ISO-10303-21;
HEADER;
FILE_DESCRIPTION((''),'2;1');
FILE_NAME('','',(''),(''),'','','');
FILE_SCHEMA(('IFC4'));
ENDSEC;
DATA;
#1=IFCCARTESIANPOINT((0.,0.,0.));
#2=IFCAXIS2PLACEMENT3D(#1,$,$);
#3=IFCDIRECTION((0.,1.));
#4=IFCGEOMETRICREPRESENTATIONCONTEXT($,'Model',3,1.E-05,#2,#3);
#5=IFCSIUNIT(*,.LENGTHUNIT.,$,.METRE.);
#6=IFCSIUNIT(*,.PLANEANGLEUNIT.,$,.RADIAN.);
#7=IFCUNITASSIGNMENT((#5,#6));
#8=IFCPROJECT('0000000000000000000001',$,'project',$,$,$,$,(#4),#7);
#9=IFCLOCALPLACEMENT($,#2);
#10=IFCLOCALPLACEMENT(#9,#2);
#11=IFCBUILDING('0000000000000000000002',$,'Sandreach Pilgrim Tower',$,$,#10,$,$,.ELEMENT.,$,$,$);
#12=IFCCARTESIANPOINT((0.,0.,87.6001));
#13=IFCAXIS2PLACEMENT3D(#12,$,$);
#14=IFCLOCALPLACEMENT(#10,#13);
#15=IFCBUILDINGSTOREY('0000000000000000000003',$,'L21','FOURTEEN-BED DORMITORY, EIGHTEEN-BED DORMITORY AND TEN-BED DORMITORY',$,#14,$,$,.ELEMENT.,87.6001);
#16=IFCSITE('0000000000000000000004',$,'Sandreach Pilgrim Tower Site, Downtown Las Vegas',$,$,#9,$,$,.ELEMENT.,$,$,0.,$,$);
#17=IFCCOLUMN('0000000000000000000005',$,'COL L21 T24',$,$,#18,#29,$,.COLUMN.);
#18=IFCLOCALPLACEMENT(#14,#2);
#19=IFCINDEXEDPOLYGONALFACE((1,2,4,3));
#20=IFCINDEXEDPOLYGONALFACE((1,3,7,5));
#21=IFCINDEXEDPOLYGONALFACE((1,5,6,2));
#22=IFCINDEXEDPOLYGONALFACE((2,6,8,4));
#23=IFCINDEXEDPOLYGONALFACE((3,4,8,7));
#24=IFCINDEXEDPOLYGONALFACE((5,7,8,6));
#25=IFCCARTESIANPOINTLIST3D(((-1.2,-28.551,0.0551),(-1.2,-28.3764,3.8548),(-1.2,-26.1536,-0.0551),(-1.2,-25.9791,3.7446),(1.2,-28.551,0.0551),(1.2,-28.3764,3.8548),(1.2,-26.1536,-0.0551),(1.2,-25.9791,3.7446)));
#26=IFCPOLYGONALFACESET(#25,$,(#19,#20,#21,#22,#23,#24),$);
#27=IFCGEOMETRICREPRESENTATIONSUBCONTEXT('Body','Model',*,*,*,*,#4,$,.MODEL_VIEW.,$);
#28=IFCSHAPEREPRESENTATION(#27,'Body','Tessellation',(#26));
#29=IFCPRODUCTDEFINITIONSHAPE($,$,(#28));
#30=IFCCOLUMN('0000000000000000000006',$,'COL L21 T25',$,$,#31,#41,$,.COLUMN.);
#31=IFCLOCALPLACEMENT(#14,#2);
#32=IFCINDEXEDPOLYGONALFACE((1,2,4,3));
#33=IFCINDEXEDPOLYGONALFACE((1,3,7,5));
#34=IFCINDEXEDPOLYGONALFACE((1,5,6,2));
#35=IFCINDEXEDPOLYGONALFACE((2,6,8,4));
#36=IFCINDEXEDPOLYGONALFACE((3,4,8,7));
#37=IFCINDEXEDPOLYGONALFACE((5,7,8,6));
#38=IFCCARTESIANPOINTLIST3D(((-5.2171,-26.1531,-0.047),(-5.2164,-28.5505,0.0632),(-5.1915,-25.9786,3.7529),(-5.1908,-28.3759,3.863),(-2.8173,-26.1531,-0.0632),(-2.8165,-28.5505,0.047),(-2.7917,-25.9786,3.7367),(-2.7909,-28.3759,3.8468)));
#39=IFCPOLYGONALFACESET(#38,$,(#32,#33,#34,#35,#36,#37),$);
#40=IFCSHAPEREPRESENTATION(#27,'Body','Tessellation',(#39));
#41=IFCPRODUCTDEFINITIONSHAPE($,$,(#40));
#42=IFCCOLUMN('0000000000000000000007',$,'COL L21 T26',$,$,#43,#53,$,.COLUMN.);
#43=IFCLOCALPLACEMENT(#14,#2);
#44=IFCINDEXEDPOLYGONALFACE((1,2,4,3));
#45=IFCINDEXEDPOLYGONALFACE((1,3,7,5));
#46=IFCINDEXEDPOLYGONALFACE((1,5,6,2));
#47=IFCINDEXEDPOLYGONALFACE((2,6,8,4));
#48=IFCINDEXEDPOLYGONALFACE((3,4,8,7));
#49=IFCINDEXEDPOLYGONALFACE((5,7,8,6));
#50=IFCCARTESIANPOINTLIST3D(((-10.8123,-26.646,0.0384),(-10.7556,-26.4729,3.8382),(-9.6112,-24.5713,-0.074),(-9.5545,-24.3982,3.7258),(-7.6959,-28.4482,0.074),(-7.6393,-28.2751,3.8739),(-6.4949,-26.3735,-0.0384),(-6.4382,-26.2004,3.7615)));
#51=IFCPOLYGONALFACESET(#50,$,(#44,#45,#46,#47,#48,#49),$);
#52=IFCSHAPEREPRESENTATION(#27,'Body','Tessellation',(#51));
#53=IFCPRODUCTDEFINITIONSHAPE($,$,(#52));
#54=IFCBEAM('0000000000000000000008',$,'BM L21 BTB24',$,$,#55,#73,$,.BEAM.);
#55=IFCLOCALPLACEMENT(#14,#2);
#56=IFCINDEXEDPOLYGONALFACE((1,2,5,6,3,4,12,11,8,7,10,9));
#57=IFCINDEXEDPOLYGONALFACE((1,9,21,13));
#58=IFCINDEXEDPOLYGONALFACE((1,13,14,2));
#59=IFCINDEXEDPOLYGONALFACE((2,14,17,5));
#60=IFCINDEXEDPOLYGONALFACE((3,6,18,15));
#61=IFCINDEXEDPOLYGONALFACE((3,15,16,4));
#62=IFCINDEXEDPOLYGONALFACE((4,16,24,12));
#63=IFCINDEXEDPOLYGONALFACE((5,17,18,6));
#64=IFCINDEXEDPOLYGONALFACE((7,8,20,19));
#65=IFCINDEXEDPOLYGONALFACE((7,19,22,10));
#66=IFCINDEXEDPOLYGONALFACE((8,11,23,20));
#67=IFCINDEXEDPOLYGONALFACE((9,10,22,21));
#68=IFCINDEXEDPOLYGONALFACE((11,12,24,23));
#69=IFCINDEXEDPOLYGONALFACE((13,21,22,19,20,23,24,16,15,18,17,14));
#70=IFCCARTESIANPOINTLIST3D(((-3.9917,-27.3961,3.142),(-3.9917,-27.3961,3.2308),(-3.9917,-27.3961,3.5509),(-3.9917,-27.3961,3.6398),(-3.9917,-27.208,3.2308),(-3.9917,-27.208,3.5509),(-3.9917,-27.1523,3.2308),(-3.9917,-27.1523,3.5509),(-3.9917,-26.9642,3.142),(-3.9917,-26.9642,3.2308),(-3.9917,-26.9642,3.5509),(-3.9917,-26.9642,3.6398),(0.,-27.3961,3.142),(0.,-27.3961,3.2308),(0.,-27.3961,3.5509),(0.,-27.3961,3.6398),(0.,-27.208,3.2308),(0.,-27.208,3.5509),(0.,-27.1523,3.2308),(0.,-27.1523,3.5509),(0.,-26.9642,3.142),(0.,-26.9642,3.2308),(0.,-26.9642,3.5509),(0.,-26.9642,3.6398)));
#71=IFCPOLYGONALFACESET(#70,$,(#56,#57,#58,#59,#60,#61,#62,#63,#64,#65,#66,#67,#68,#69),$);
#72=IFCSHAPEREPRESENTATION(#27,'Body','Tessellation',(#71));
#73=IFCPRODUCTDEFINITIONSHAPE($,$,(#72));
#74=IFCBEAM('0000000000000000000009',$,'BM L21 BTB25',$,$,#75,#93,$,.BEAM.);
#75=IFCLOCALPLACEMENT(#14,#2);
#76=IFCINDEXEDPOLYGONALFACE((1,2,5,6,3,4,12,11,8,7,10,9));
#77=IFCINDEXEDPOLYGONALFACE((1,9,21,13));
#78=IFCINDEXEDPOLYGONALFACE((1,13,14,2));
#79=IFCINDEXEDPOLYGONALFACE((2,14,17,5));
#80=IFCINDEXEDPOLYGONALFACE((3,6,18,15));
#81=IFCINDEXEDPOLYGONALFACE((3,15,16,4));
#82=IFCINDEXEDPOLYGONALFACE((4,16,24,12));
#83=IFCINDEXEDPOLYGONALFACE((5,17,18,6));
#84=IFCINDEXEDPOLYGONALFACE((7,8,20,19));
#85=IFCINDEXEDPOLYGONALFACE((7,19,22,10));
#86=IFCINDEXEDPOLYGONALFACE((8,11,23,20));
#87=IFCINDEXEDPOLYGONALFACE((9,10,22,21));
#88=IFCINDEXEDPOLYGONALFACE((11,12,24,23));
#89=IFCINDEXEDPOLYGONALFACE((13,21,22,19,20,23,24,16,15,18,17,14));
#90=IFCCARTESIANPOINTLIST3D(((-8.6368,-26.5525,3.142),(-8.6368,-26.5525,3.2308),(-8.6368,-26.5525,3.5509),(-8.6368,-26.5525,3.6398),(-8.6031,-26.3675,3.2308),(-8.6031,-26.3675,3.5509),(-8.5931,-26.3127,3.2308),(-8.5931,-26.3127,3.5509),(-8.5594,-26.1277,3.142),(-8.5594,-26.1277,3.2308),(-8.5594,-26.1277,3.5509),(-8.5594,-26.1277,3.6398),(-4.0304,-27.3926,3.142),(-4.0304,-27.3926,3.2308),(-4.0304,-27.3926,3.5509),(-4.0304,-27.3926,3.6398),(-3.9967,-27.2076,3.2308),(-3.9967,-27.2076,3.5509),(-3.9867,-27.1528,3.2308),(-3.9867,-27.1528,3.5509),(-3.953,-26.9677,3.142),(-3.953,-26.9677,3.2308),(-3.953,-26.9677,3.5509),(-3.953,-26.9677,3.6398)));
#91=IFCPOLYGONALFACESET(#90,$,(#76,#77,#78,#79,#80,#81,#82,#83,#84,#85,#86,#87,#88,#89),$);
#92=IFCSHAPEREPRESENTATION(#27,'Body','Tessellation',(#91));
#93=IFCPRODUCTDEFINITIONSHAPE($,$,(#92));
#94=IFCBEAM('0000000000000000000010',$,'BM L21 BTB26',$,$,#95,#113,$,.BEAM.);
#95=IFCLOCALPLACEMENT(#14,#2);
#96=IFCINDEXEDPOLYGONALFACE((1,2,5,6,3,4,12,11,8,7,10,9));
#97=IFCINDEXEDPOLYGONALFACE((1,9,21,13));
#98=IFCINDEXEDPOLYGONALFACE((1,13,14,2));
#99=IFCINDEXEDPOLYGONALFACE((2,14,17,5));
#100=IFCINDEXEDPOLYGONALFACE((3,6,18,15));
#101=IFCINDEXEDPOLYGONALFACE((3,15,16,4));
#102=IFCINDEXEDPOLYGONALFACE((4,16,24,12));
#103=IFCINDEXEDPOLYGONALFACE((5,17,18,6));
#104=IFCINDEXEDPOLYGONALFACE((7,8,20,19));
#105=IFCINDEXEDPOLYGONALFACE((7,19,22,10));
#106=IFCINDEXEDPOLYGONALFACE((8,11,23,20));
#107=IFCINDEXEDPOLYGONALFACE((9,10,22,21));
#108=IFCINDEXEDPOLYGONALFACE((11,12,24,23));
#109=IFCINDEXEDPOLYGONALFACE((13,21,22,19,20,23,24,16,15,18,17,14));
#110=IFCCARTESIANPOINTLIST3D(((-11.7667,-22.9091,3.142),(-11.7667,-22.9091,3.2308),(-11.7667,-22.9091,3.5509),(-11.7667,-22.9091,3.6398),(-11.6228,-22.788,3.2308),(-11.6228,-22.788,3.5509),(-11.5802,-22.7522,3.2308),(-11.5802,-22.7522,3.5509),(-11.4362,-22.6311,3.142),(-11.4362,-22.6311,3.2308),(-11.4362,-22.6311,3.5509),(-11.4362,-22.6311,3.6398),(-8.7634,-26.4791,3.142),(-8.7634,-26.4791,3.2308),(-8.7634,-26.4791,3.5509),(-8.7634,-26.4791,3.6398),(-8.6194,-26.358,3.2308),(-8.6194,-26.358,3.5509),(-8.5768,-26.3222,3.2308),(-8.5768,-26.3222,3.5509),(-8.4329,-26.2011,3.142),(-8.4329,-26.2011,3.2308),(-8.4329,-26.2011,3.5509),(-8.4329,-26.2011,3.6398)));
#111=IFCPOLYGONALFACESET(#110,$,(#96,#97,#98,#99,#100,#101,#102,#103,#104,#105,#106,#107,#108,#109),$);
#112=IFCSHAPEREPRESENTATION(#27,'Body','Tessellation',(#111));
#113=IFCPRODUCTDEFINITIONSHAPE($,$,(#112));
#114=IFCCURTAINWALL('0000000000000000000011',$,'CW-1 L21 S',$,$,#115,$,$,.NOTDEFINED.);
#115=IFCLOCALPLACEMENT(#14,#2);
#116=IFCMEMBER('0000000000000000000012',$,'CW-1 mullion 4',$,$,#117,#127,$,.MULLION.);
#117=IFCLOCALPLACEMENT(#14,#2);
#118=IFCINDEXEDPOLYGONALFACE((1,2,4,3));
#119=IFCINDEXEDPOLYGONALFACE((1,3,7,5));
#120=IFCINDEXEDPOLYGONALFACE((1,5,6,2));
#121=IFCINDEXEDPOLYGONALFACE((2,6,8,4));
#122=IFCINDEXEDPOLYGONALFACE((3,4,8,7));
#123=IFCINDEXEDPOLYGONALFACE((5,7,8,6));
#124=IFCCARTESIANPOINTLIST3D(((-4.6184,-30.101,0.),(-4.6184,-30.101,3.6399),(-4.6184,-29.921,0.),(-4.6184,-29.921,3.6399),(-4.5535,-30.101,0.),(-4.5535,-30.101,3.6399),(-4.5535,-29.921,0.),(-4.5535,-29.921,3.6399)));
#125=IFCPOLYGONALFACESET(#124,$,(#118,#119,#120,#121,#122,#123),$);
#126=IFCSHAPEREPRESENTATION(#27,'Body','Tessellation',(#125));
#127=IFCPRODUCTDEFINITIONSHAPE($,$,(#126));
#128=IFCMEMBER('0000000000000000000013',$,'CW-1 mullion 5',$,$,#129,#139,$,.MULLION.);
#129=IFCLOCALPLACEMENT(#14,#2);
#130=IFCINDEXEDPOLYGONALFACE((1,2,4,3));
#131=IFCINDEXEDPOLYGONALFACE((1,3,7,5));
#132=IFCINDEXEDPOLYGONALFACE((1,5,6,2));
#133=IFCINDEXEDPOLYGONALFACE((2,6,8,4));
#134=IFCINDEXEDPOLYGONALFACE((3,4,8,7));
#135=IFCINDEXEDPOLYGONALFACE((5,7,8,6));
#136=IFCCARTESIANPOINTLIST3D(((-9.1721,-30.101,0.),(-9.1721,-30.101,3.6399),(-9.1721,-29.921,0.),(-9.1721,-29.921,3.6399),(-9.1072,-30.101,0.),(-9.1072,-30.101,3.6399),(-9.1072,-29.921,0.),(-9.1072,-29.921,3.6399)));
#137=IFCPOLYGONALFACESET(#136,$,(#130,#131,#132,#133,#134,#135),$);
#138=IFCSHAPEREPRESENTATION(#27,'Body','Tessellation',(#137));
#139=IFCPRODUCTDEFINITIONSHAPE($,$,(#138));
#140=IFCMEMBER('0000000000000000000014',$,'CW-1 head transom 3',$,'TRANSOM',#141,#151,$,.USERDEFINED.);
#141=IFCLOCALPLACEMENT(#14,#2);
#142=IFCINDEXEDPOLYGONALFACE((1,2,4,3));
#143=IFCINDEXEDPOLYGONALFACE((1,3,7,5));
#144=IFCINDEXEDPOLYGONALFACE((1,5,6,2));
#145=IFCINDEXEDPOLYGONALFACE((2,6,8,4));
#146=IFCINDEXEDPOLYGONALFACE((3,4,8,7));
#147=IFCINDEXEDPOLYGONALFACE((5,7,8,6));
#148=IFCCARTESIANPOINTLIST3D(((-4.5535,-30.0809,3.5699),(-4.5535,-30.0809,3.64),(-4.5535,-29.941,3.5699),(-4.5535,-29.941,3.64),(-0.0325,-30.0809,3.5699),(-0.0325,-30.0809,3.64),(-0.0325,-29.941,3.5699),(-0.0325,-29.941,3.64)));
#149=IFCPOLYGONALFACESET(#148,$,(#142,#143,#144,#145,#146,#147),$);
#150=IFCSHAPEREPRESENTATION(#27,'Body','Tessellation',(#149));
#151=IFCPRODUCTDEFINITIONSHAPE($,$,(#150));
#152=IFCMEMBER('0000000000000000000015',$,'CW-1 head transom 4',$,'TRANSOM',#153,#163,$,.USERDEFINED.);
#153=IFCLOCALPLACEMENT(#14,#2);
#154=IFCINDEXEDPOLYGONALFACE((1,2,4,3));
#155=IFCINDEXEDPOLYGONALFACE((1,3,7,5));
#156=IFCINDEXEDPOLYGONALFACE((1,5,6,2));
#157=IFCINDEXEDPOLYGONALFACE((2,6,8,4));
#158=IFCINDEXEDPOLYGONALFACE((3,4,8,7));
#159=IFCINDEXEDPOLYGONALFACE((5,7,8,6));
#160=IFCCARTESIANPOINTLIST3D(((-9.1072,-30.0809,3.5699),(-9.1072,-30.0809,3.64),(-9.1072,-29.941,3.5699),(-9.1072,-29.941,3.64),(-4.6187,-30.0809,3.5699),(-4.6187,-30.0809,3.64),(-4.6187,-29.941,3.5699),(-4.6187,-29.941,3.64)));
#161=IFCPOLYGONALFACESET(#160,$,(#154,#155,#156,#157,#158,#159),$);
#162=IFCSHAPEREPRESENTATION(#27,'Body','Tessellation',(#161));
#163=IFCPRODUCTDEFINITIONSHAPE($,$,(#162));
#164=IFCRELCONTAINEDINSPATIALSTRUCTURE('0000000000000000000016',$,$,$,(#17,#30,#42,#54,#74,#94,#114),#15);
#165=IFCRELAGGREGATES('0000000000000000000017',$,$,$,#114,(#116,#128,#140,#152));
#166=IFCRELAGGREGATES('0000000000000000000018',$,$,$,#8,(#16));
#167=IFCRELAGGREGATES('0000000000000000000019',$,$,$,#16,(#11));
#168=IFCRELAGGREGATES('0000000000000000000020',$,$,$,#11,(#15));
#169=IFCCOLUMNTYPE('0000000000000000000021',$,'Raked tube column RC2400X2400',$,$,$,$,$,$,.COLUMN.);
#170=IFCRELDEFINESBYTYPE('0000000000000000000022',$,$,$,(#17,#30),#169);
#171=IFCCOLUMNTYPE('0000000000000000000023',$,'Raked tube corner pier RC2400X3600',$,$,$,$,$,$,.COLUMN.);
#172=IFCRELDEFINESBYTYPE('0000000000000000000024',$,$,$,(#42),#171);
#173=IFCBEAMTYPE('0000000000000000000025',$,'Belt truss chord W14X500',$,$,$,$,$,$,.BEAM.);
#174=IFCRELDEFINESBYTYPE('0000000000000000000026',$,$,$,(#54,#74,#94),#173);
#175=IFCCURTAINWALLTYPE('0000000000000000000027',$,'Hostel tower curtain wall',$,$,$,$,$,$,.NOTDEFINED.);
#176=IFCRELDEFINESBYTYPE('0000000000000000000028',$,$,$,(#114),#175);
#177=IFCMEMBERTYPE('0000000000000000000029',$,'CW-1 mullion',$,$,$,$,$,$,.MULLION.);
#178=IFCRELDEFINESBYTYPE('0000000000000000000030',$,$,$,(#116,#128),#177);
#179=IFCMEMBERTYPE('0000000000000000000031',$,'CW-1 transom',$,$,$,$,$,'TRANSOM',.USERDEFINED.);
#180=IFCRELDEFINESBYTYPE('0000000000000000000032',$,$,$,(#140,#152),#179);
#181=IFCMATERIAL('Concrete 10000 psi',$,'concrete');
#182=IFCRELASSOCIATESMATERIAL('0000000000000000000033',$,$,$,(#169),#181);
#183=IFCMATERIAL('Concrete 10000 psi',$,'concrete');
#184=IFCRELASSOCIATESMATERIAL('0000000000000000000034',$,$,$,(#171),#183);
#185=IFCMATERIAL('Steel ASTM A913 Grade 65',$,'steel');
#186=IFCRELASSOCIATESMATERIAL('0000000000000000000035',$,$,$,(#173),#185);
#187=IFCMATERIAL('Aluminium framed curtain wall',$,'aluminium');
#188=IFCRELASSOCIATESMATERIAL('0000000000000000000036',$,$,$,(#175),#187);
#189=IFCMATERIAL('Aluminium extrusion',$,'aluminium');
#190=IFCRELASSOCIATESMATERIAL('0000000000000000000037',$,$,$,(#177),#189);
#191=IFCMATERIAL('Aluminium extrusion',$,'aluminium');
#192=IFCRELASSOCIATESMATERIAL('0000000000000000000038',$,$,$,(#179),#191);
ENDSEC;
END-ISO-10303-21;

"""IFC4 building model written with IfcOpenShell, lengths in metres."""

from ifc_helpers import new_model, si_unit, direction, frame, origin, origin_2d, place, context, subcontext, project, spatial, rectangle, i_section, extrude, material, material_profile, profile_set, type_object, element, aggregate, save


model = new_model("IFC4")

# Units and contexts
model_context = context("Model", 3, precision=1e-05, world=origin(), true_north=direction((0.0, 1.0)))
body_context = subcontext(model_context, "Body", "Model", "MODEL_VIEW")
ifc_project = project(units=[si_unit("LENGTHUNIT", "METRE"), si_unit("PLANEANGLEUNIT", "RADIAN")], contexts=[model_context])

# Site, building, storey
site_placement = place(None, origin())
site = spatial("IfcSite", under=ifc_project, at=site_placement, Name="Sandreach Pilgrim Tower Site, Downtown Las Vegas", CompositionType="ELEMENT", RefElevation=0.0)
building_placement = place(site_placement, origin())
building = spatial("IfcBuilding", under=site, at=building_placement, Name="Sandreach Pilgrim Tower", CompositionType="ELEMENT")
storey_placement = place(building_placement, frame((0.0, 0.0, 87.6001)))
storey = spatial("IfcBuildingStorey", under=building, at=storey_placement, Name="L21", Description="FOURTEEN-BED DORMITORY, EIGHTEEN-BED DORMITORY AND TEN-BED DORMITORY", CompositionType="ELEMENT", Elevation=87.6001)

# Columns
ifc_material_1 = material(Name="Concrete 10000 psi", Category="concrete")
ifc_material_profile_1 = material_profile(ifc_material_1, rectangle(XDim=2.3999, YDim=2.3999, at=origin_2d()), Name="RC2400X2400")
ifc_profile_set_1 = profile_set([ifc_material_profile_1], Name="Concrete 10000 psi")
column_type_1 = type_object("IfcColumnType", Name="Raked tube column RC2400X2400", PredefinedType="COLUMN", material=ifc_profile_set_1)
column_1_placement = place(storey_placement, frame((0.0, -27.3523, 0.0), z_axis=(0.0, 0.045891, 0.998946), x_axis=(0.0, -0.998946, 0.045891)))
element("IfcColumn", 1, at=column_1_placement, inside=storey, type_object=column_type_1, Name="COL L21 T24", PredefinedType="COLUMN", context=body_context, shape_type="SweptSolid", body=[
    extrude(rectangle(XDim=2.3999, YDim=2.3999, at=origin_2d()), origin(), (0.0, 0.0, 1.0), 3.8037),
])
column_2_placement = place(storey_placement, frame((-4.0168, -27.3518, 0.0), z_axis=(0.006739, 0.04589, 0.998924), x_axis=(0.000315, -0.998947, 0.045889)))
element("IfcColumn", 2, at=column_2_placement, inside=storey, type_object=column_type_1, Name="COL L21 T25", PredefinedType="COLUMN", context=body_context, shape_type="SweptSolid", body=[
    extrude(rectangle(XDim=2.3999, YDim=2.3999, at=origin_2d()), origin(), (0.0, 0.0, 1.0), 3.804),
])
ifc_material_2 = material(Name="Concrete 10000 psi", Category="concrete")
ifc_material_profile_2 = material_profile(ifc_material_2, rectangle(XDim=2.3999, YDim=3.6001, at=origin_2d()), Name="RC2400X3600")
ifc_profile_set_2 = profile_set([ifc_material_profile_2], Name="Concrete 10000 psi")
column_type_2 = type_object("IfcColumnType", Name="Raked tube corner pier RC2400X3600", PredefinedType="COLUMN", material=ifc_profile_set_2)
column_3_placement = place(storey_placement, frame((-8.6536, -26.5098, 0.0), z_axis=(0.014889, 0.045502, 0.998853), x_axis=(-0.500473, -0.864484, 0.046841)))
element("IfcColumn", 3, at=column_3_placement, inside=storey, type_object=column_type_2, Name="COL L21 T26", PredefinedType="COLUMN", context=body_context, shape_type="SweptSolid", body=[
    extrude(rectangle(XDim=2.3999, YDim=3.6001, at=origin_2d()), origin(), (0.0, 0.0, 1.0), 3.8042),
])

# Beams
ifc_material_3 = material(Name="Steel ASTM A913 Grade 65", Category="steel")
ifc_material_profile_3 = material_profile(ifc_material_3, i_section(OverallWidth=0.4319, OverallDepth=0.4978, WebThickness=0.0557, FlangeThickness=0.0889, at=origin_2d()), Name="W14X500")
ifc_profile_set_3 = profile_set([ifc_material_profile_3], Name="Steel ASTM A913 Grade 65")
beam_type_1 = type_object("IfcBeamType", Name="Belt truss chord W14X500", PredefinedType="BEAM", material=ifc_profile_set_3)
beam_1_placement = place(storey_placement, frame((0.0, -27.1802, 3.3909), z_axis=(-1.0, 0.0, 0.0), x_axis=(0.0, -1.0, 0.0)))
element("IfcBeam", 4, at=beam_1_placement, inside=storey, type_object=beam_type_1, Name="BM L21 BTB24", PredefinedType="BEAM", context=body_context, shape_type="SweptSolid", body=[
    extrude(i_section(OverallWidth=0.4319, OverallDepth=0.4978, WebThickness=0.0557, FlangeThickness=0.0889, at=origin_2d()), origin(), (0.0, 0.0, 1.0), 3.9917),
])
beam_2_placement = place(storey_placement, frame((-3.9917, -27.1802, 3.3909), z_axis=(-0.983774, 0.179413, 0.0), x_axis=(-0.179413, -0.983774, 0.0)))
element("IfcBeam", 5, at=beam_2_placement, inside=storey, type_object=beam_type_1, Name="BM L21 BTB25", PredefinedType="BEAM", context=body_context, shape_type="SweptSolid", body=[
    extrude(i_section(OverallWidth=0.4319, OverallDepth=0.4978, WebThickness=0.0557, FlangeThickness=0.0889, at=origin_2d()), origin(), (0.0, 0.0, 1.0), 4.6824),
])
beam_3_placement = place(storey_placement, frame((-8.5981, -26.3401, 3.3909), z_axis=(-0.643765, 0.765223, 0.0), x_axis=(-0.765223, -0.643765, 0.0)))
element("IfcBeam", 6, at=beam_3_placement, inside=storey, type_object=beam_type_1, Name="BM L21 BTB26", PredefinedType="BEAM", context=body_context, shape_type="SweptSolid", body=[
    extrude(i_section(OverallWidth=0.4319, OverallDepth=0.4978, WebThickness=0.0557, FlangeThickness=0.0889, at=origin_2d()), origin(), (0.0, 0.0, 1.0), 4.6653),
])

# Curtain wall, members
ifc_material_4 = material(Name="Aluminium framed curtain wall", Category="aluminium")
curtain_wall_type = type_object("IfcCurtainWallType", Name="Hostel tower curtain wall", PredefinedType="NOTDEFINED", material=ifc_material_4)
curtain_wall_placement = place(storey_placement, origin())
curtain_wall = element("IfcCurtainWall", 7, at=curtain_wall_placement, inside=storey, type_object=curtain_wall_type, Name="CW-1 L21 S", PredefinedType="NOTDEFINED")
ifc_material_5 = material(Name="Aluminium extrusion", Category="aluminium")
ifc_material_profile_4 = material_profile(ifc_material_5, rectangle(XDim=0.0649, YDim=0.1799, at=origin_2d()), Name="CW-1M 65X180")
ifc_profile_set_4 = profile_set([ifc_material_profile_4], Name="Aluminium extrusion")
member_type_1 = type_object("IfcMemberType", Name="CW-1 mullion", PredefinedType="MULLION", material=ifc_profile_set_4)
member_1_placement = place(storey_placement, frame((-4.5859, -30.011, 0.0), z_axis=(0.0, 0.0, 1.0), x_axis=(-1.0, 0.0, 0.0)))
member_1 = element("IfcMember", 8, at=member_1_placement, type_object=member_type_1, Name="CW-1 mullion 4", PredefinedType="MULLION", context=body_context, shape_type="SweptSolid", body=[
    extrude(rectangle(XDim=0.0649, YDim=0.1799, at=origin_2d()), origin(), (0.0, 0.0, 1.0), 3.6399),
])
member_2_placement = place(storey_placement, frame((-9.1396, -30.011, 0.0), z_axis=(0.0, 0.0, 1.0), x_axis=(-1.0, 0.0, 0.0)))
member_2 = element("IfcMember", 9, at=member_2_placement, type_object=member_type_1, Name="CW-1 mullion 5", PredefinedType="MULLION", context=body_context, shape_type="SweptSolid", body=[
    extrude(rectangle(XDim=0.0649, YDim=0.1799, at=origin_2d()), origin(), (0.0, 0.0, 1.0), 3.6399),
])
ifc_material_6 = material(Name="Aluminium extrusion", Category="aluminium")
ifc_material_profile_5 = material_profile(ifc_material_6, rectangle(XDim=0.1399, YDim=0.0701, at=origin_2d()), Name="CW-1T 140X70")
ifc_profile_set_5 = profile_set([ifc_material_profile_5], Name="Aluminium extrusion")
member_type_2 = type_object("IfcMemberType", Name="CW-1 transom", ElementType="TRANSOM", PredefinedType="USERDEFINED", material=ifc_profile_set_5)
member_3_placement = place(storey_placement, frame((-0.0325, -30.011, 3.605), z_axis=(-1.0, 0.0, 0.0), x_axis=(0.0, -1.0, 0.0)))
member_3 = element("IfcMember", 10, at=member_3_placement, type_object=member_type_2, Name="CW-1 head transom 3", ObjectType="TRANSOM", PredefinedType="USERDEFINED", context=body_context, shape_type="SweptSolid", body=[
    extrude(rectangle(XDim=0.1399, YDim=0.0701, at=origin_2d()), origin(), (0.0, 0.0, 1.0), 4.521),
])
member_4_placement = place(storey_placement, frame((-4.6187, -30.011, 3.605), z_axis=(-1.0, 0.0, 0.0), x_axis=(0.0, -1.0, 0.0)))
member_4 = element("IfcMember", 11, at=member_4_placement, type_object=member_type_2, Name="CW-1 head transom 4", ObjectType="TRANSOM", PredefinedType="USERDEFINED", context=body_context, shape_type="SweptSolid", body=[
    extrude(rectangle(XDim=0.1399, YDim=0.0701, at=origin_2d()), origin(), (0.0, 0.0, 1.0), 4.4885),
])

aggregate(curtain_wall, [member_1, member_2, member_3, member_4])

save(model, "model.ifc")
